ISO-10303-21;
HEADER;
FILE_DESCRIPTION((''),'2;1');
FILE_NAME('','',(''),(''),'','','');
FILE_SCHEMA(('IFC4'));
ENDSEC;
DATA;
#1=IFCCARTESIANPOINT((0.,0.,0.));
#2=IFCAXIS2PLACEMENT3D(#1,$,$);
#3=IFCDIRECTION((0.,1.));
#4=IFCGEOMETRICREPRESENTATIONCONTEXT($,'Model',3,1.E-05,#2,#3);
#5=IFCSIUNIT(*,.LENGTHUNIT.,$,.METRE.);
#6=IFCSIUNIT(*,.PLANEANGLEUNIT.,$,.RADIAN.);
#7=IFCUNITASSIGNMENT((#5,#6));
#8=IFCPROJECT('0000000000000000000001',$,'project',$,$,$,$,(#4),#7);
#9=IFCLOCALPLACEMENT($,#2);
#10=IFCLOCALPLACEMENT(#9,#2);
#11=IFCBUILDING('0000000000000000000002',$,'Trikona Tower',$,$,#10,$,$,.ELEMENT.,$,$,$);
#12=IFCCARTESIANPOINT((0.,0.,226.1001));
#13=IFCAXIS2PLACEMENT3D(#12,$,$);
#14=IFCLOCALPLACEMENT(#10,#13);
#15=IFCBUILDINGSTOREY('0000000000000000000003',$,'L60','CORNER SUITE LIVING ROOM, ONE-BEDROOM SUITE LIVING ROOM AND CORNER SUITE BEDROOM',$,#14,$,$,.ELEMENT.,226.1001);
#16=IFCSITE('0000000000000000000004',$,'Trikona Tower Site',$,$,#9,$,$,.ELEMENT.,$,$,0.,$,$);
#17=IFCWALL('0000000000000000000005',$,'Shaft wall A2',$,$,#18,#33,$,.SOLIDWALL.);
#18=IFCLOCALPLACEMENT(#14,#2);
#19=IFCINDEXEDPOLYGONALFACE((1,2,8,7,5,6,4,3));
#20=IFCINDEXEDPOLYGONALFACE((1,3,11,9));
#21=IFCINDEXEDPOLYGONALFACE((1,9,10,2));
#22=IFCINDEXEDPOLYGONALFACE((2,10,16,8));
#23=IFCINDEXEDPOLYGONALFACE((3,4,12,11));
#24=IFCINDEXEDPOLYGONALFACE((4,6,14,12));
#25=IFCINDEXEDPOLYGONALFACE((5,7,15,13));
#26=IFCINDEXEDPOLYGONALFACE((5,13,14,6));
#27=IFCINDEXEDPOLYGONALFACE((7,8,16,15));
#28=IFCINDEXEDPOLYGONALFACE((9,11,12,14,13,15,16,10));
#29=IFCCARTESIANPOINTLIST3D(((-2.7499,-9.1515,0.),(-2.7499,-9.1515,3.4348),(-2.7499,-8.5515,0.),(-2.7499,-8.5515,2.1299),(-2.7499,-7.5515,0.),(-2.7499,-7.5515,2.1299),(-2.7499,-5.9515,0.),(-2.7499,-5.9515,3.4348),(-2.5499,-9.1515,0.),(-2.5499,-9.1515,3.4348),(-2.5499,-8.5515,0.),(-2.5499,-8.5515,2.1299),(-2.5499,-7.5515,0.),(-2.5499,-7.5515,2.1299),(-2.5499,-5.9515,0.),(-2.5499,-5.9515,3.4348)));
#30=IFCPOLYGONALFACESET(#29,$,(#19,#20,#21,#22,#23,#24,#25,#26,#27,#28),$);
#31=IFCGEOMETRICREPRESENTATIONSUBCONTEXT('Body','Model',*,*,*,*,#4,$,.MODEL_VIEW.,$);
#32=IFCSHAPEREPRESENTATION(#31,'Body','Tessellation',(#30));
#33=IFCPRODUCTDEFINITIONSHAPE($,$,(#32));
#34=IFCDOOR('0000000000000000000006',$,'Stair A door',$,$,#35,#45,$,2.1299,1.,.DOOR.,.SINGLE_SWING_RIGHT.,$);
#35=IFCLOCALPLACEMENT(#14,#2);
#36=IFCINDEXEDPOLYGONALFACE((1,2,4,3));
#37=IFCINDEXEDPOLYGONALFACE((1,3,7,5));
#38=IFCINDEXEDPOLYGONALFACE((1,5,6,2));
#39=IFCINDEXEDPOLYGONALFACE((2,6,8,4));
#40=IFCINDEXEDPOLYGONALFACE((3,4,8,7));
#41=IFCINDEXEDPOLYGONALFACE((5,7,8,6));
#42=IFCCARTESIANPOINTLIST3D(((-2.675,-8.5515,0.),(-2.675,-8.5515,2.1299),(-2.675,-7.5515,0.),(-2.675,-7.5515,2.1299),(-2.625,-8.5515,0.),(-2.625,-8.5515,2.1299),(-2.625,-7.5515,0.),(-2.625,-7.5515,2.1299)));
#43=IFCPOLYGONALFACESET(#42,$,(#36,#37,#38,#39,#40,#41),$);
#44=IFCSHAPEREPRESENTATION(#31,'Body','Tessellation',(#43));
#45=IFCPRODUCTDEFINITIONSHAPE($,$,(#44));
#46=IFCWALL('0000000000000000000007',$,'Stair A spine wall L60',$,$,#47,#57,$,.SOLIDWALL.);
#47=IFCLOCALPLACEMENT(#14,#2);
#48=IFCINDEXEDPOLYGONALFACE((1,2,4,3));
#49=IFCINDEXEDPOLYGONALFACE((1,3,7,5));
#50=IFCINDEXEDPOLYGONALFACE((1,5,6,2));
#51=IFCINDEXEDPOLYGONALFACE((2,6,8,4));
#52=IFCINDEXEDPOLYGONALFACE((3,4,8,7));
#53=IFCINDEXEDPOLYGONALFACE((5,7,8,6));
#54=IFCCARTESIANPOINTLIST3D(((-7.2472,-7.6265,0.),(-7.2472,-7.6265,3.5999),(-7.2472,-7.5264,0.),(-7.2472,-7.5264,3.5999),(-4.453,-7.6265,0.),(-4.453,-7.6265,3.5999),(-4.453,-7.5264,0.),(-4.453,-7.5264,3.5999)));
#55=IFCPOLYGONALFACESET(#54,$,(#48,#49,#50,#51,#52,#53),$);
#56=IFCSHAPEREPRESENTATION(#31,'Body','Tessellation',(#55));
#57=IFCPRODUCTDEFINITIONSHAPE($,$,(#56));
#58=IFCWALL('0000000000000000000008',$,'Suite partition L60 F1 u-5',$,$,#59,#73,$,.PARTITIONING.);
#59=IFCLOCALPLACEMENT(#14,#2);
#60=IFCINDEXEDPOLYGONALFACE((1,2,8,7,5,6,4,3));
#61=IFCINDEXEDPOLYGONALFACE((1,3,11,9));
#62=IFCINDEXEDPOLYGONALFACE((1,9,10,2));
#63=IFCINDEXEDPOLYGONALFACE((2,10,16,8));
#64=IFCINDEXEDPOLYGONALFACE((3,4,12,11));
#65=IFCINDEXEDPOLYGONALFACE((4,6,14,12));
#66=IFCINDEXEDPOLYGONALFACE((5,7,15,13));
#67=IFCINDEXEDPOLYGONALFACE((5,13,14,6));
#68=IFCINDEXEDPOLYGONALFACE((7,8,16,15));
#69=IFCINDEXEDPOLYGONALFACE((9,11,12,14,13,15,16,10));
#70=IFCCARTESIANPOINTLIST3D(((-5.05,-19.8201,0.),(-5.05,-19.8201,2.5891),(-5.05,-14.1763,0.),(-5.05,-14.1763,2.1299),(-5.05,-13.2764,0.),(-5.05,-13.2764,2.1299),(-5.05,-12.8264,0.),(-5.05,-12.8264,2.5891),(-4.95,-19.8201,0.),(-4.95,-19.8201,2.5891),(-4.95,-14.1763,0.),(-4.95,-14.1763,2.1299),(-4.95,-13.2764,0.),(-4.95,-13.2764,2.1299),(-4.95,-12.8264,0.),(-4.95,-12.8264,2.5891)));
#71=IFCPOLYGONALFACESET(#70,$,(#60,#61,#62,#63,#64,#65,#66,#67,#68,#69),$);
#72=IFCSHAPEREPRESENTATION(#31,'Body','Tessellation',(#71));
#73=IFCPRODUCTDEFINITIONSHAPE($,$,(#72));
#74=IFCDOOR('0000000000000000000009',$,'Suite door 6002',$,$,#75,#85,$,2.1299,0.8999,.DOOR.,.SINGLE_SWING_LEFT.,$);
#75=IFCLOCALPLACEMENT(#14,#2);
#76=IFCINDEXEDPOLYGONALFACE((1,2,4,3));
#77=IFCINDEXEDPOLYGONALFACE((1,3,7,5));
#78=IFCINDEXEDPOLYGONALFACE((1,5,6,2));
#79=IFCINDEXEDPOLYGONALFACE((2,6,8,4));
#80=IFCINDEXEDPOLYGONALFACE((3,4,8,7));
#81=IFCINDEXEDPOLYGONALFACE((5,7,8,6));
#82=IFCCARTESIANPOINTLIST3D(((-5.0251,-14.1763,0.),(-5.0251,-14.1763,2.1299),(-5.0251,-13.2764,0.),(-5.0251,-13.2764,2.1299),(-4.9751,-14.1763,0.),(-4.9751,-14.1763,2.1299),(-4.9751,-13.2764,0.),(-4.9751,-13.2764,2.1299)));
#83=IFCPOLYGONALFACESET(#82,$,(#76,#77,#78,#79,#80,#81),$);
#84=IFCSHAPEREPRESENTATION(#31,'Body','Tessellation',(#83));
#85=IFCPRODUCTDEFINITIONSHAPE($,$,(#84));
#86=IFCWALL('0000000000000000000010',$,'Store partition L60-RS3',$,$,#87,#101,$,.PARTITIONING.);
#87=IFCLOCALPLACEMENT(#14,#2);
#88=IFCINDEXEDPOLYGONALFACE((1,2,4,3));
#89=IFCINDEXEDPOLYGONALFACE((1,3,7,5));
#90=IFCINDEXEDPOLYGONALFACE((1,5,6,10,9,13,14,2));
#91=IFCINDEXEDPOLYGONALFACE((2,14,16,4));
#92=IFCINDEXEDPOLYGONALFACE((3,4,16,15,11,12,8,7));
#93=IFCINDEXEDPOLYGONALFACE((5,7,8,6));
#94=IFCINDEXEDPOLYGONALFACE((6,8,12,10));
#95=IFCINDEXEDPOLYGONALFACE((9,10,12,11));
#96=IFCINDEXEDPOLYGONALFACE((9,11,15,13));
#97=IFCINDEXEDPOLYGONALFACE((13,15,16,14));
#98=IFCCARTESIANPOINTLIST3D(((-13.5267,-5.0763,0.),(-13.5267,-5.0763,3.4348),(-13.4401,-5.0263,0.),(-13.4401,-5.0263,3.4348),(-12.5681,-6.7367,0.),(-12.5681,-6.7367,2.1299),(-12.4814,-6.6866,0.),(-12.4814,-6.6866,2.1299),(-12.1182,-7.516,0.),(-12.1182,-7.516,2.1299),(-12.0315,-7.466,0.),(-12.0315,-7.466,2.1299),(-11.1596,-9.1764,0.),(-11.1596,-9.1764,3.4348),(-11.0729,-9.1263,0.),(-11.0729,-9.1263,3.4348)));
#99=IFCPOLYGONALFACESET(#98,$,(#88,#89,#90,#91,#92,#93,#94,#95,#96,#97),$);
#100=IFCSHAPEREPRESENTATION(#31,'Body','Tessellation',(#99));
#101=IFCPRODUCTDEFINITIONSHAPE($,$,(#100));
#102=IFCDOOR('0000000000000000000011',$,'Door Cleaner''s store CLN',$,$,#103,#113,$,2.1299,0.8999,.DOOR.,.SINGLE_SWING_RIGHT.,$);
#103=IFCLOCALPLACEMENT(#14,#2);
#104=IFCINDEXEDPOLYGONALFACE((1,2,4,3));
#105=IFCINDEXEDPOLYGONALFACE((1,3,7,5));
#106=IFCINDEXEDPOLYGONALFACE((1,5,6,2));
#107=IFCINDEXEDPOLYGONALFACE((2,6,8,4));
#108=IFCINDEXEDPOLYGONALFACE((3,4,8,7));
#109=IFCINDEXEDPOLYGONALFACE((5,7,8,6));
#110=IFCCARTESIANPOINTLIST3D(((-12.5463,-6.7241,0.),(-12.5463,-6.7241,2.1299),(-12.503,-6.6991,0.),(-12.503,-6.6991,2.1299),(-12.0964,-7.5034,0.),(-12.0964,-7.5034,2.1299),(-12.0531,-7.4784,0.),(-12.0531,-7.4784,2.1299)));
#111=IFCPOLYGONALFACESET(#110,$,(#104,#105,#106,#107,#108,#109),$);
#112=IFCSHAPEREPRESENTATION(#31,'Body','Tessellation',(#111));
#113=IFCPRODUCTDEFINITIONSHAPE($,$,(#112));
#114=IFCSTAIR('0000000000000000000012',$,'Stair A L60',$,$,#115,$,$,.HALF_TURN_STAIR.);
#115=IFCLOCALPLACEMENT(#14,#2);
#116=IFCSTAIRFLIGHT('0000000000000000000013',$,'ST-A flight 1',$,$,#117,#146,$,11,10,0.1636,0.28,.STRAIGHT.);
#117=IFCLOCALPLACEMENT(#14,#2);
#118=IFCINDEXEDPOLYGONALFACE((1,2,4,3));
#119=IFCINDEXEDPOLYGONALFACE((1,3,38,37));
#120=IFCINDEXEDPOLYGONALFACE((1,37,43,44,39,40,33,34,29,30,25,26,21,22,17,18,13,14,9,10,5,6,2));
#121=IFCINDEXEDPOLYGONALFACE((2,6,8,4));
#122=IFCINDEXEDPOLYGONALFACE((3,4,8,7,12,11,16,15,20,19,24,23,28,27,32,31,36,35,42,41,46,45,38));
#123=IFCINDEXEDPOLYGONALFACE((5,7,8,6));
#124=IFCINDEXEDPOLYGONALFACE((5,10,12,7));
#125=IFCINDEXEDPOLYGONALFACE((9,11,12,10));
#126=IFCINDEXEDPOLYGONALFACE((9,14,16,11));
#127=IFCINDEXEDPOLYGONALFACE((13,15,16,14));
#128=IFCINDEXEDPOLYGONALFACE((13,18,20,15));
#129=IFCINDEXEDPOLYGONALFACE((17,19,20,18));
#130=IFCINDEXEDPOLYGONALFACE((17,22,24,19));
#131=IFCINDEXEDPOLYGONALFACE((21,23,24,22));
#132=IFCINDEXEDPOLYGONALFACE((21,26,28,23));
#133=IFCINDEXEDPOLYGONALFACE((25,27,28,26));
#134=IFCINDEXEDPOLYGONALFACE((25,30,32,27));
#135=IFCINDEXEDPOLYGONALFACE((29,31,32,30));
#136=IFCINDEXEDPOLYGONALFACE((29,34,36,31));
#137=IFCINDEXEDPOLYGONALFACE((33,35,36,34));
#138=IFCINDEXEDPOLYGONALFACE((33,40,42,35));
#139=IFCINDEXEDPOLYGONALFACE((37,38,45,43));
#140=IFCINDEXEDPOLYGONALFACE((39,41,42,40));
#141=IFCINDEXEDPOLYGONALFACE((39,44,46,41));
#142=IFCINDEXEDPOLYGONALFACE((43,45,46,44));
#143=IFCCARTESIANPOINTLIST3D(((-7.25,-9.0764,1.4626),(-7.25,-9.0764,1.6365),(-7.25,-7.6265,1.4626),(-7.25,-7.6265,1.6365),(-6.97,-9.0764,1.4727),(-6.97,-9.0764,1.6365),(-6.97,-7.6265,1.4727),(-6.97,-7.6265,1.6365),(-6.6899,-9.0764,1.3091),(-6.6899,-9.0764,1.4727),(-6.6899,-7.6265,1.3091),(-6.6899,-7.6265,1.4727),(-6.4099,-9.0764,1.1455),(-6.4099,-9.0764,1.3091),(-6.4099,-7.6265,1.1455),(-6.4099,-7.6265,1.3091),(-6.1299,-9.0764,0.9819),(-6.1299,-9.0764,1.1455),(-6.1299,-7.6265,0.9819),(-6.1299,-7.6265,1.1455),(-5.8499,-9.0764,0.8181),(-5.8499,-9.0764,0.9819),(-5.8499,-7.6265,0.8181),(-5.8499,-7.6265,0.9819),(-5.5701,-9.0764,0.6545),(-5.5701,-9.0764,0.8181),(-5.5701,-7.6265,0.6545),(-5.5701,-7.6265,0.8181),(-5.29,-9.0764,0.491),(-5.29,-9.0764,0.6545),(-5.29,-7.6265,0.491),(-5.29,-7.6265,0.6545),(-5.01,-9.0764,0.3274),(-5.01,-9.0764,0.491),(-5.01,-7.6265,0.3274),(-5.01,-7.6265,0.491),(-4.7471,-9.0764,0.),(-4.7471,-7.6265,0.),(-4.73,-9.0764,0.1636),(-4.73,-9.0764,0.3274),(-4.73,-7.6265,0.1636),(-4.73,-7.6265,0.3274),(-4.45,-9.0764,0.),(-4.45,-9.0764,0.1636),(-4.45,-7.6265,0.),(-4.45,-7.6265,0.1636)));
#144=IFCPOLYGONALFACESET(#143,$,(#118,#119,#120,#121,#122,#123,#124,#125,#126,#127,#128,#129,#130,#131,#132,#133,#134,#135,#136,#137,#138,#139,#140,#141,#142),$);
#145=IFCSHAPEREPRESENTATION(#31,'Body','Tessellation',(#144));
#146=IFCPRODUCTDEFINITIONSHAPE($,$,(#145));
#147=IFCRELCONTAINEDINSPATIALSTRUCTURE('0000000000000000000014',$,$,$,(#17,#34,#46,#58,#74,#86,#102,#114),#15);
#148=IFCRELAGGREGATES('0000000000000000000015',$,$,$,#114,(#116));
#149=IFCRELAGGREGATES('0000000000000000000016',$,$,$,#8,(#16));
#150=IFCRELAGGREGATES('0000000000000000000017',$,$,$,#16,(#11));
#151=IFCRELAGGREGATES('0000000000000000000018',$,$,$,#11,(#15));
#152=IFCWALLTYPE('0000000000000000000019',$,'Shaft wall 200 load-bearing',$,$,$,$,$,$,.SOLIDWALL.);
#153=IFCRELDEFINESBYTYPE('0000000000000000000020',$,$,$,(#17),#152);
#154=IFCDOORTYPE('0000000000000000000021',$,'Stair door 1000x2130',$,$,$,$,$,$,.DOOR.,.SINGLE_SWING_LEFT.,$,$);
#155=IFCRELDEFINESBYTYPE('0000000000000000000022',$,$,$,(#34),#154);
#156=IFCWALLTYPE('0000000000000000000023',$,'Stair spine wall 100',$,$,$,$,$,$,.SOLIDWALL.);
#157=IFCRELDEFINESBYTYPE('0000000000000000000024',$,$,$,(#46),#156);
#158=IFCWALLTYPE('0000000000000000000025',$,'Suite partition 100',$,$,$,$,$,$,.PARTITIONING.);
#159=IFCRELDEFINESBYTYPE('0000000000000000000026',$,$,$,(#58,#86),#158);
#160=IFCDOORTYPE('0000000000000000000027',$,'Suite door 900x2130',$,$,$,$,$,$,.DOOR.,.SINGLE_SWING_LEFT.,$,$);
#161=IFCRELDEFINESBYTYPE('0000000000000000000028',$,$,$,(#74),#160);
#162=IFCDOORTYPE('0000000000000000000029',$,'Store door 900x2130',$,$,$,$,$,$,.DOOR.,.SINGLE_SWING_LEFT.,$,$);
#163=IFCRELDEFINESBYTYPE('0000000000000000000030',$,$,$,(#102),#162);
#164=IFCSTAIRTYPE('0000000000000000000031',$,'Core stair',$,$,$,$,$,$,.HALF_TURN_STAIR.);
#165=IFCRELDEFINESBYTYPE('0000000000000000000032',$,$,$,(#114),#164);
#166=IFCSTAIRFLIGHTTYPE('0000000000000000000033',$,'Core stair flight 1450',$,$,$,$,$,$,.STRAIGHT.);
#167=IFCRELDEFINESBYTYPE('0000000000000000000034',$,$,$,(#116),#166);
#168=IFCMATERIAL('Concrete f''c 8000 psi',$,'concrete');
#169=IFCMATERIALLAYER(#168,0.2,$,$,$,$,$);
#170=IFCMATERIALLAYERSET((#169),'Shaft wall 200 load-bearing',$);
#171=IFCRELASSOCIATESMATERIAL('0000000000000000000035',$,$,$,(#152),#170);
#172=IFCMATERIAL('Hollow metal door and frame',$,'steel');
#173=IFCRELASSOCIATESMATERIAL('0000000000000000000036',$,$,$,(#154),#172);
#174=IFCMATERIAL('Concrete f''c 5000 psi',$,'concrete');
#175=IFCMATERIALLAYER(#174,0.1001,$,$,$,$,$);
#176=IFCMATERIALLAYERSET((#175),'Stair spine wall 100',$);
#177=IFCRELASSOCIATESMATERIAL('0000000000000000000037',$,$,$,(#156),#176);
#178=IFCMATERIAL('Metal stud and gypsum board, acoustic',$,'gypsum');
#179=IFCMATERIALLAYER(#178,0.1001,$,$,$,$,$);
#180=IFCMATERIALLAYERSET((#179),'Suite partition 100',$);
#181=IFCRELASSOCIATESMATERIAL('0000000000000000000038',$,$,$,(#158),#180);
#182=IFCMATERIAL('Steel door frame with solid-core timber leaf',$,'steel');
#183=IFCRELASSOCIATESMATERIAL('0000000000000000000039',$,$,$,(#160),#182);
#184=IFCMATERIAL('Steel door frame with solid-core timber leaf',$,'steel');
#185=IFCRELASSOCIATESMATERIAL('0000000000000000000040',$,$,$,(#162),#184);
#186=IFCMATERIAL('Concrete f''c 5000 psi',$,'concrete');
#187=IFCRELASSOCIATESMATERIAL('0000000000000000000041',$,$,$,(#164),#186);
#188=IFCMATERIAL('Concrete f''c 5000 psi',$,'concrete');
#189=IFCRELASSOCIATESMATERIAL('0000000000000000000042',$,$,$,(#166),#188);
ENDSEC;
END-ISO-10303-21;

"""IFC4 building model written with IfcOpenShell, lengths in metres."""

from ifc_helpers import new_model, si_unit, direction, frame, frame_2d, origin, place, context, subcontext, project, spatial, polyline, rectangle, outline, extrude, material, layer, layer_set, type_object, element, fill, aggregate, save


model = new_model("IFC4")

# Units and contexts
model_context = context("Model", 3, precision=1e-05, world=origin(), true_north=direction((0.0, 1.0)))
body_context = subcontext(model_context, "Body", "Model", "MODEL_VIEW")
ifc_project = project(units=[si_unit("LENGTHUNIT", "METRE"), si_unit("PLANEANGLEUNIT", "RADIAN")], contexts=[model_context])

# Site, building, storey
site_placement = place(None, origin())
site = spatial("IfcSite", under=ifc_project, at=site_placement, Name="Trikona Tower Site", CompositionType="ELEMENT", RefElevation=0.0)
building_placement = place(site_placement, origin())
building = spatial("IfcBuilding", under=site, at=building_placement, Name="Trikona Tower", CompositionType="ELEMENT")
storey_placement = place(building_placement, frame((0.0, 0.0, 226.1001)))
storey = spatial("IfcBuildingStorey", under=building, at=storey_placement, Name="L60", Description="CORNER SUITE LIVING ROOM, ONE-BEDROOM SUITE LIVING ROOM AND CORNER SUITE BEDROOM", CompositionType="ELEMENT", Elevation=226.1001)

# Shared definitions
ifc_material_1 = material(Name="Concrete f'c 8000 psi", Category="concrete")
ifc_layer_1 = layer(ifc_material_1, 0.2)
ifc_layer_set_1 = layer_set([ifc_layer_1], Name="Shaft wall 200 load-bearing")
wall_type_1 = type_object("IfcWallType", Name="Shaft wall 200 load-bearing", PredefinedType="SOLIDWALL", material=ifc_layer_set_1)

# Wall, opening, door
wall_1_placement = place(storey_placement, frame((-2.6499, -5.9514, 0.0), z_axis=(0.0, 0.0, 1.0), x_axis=(0.0, -1.0, 0.0)))
wall_1 = element("IfcWall", 1, at=wall_1_placement, inside=storey, type_object=wall_type_1, Name="Shaft wall A2", PredefinedType="SOLIDWALL", context=body_context, shape_type="SweptSolid", body=[
    extrude(rectangle(XDim=3.2, YDim=0.2, at=frame_2d((1.6001, 0.0))), origin(), (0.0, 0.0, 1.0), 3.4348),
])
opening_1_placement = place(wall_1_placement, frame((1.6001, 0.0, 0.0)))
opening_1 = element("IfcOpeningElement", 2, at=opening_1_placement, cuts=wall_1, PredefinedType="OPENING", context=body_context, shape_type="SweptSolid", body=[
    extrude(rectangle(XDim=1.0, YDim=2.1299, at=frame_2d((0.5, 1.0649))), frame((0.0, 0.1099, 0.0), z_axis=(0.0, -1.0, 0.0), x_axis=(1.0, 0.0, 0.0)), (0.0, 0.0, 1.0), 0.22),
])
ifc_material_2 = material(Name="Hollow metal door and frame", Category="steel")
door_type_1 = type_object("IfcDoorType", Name="Stair door 1000x2130", OperationType="SINGLE_SWING_LEFT", PredefinedType="DOOR", material=ifc_material_2)
door_1_placement = place(opening_1_placement, origin())
door_1 = element("IfcDoor", 3, at=door_1_placement, inside=storey, type_object=door_type_1, Name="Stair A door", OperationType="SINGLE_SWING_RIGHT", OverallHeight=2.1299, OverallWidth=1.0, PredefinedType="DOOR", context=body_context, shape_type="SweptSolid", body=[
    extrude(rectangle(XDim=1.0, YDim=2.1299, at=frame_2d((0.5, 1.0649))), frame((0.0, 0.0249, 0.0), z_axis=(0.0, -1.0, 0.0), x_axis=(1.0, 0.0, 0.0)), (0.0, 0.0, 1.0), 0.05),
])
fill(opening_1, door_1)

# Wall
ifc_material_3 = material(Name="Concrete f'c 5000 psi", Category="concrete")
ifc_layer_2 = layer(ifc_material_3, 0.1001)
ifc_layer_set_2 = layer_set([ifc_layer_2], Name="Stair spine wall 100")
wall_type_2 = type_object("IfcWallType", Name="Stair spine wall 100", PredefinedType="SOLIDWALL", material=ifc_layer_set_2)
wall_2_placement = place(storey_placement, frame((-7.2471, -7.5764, 0.0), z_axis=(0.0, 0.0, 1.0), x_axis=(1.0, 0.0, 0.0)))
element("IfcWall", 4, at=wall_2_placement, inside=storey, type_object=wall_type_2, Name="Stair A spine wall L60", PredefinedType="SOLIDWALL", context=body_context, shape_type="SweptSolid", body=[
    extrude(rectangle(XDim=2.7942, YDim=0.1001, at=frame_2d((1.397, 0.0))), origin(), (0.0, 0.0, 1.0), 3.5999),
])

# Walls, openings, doors
ifc_material_4 = material(Name="Metal stud and gypsum board, acoustic", Category="gypsum")
ifc_layer_3 = layer(ifc_material_4, 0.1001)
ifc_layer_set_3 = layer_set([ifc_layer_3], Name="Suite partition 100")
wall_type_3 = type_object("IfcWallType", Name="Suite partition 100", PredefinedType="PARTITIONING", material=ifc_layer_set_3)
wall_3_placement = place(storey_placement, frame((-5.0, -12.8264, 0.0), z_axis=(0.0, 0.0, 1.0), x_axis=(0.0, -1.0, 0.0)))
wall_3 = element("IfcWall", 5, at=wall_3_placement, inside=storey, type_object=wall_type_3, Name="Suite partition L60 F1 u-5", PredefinedType="PARTITIONING", context=body_context, shape_type="SweptSolid", body=[
    extrude(rectangle(XDim=6.9937, YDim=0.1001, at=frame_2d((3.4968, 0.0))), origin(), (0.0, 0.0, 1.0), 2.5891),
])
opening_2_placement = place(wall_3_placement, frame((0.45, 0.0, 0.0)))
opening_2 = element("IfcOpeningElement", 6, at=opening_2_placement, cuts=wall_3, PredefinedType="OPENING", context=body_context, shape_type="SweptSolid", body=[
    extrude(rectangle(XDim=0.8999, YDim=2.1299, at=frame_2d((0.45, 1.0649))), frame((0.0, 0.0601, 0.0), z_axis=(0.0, -1.0, 0.0), x_axis=(1.0, 0.0, 0.0)), (0.0, 0.0, 1.0), 0.1201),
])
ifc_material_5 = material(Name="Steel door frame with solid-core timber leaf", Category="steel")
door_type_2 = type_object("IfcDoorType", Name="Suite door 900x2130", OperationType="SINGLE_SWING_LEFT", PredefinedType="DOOR", material=ifc_material_5)
door_2_placement = place(opening_2_placement, origin())
door_2 = element("IfcDoor", 7, at=door_2_placement, inside=storey, type_object=door_type_2, Name="Suite door 6002", OperationType="SINGLE_SWING_LEFT", OverallHeight=2.1299, OverallWidth=0.8999, PredefinedType="DOOR", context=body_context, shape_type="SweptSolid", body=[
    extrude(rectangle(XDim=0.8999, YDim=2.1299, at=frame_2d((0.45, 1.0649))), frame((0.0, 0.0249, 0.0), z_axis=(0.0, -1.0, 0.0), x_axis=(1.0, 0.0, 0.0)), (0.0, 0.0, 1.0), 0.05),
])
fill(opening_2, door_2)
wall_4_placement = place(storey_placement, frame((-11.1162, -9.1514, 0.0), z_axis=(0.0, 0.0, 1.0), x_axis=(-0.499999, 0.866026, 0.0)))
wall_4 = element("IfcWall", 8, at=wall_4_placement, inside=storey, type_object=wall_type_3, Name="Store partition L60-RS3", PredefinedType="PARTITIONING", context=body_context, shape_type="SweptSolid", body=[
    extrude(rectangle(XDim=4.7344, YDim=0.1001, at=frame_2d((2.3672, 0.0))), origin(), (0.0, 0.0, 1.0), 3.4348),
])
opening_3_placement = place(wall_4_placement, frame((1.9172, 0.0, 0.0)))
opening_3 = element("IfcOpeningElement", 9, at=opening_3_placement, cuts=wall_4, PredefinedType="OPENING", context=body_context, shape_type="SweptSolid", body=[
    extrude(rectangle(XDim=0.8999, YDim=2.1299, at=frame_2d((0.45, 1.0649))), frame((0.0, 0.0601, 0.0), z_axis=(0.0, -1.0, 0.0), x_axis=(1.0, 0.0, 0.0)), (0.0, 0.0, 1.0), 0.1201),
])
ifc_material_6 = material(Name="Steel door frame with solid-core timber leaf", Category="steel")
door_type_3 = type_object("IfcDoorType", Name="Store door 900x2130", OperationType="SINGLE_SWING_LEFT", PredefinedType="DOOR", material=ifc_material_6)
door_3_placement = place(opening_3_placement, origin())
door_3 = element("IfcDoor", 10, at=door_3_placement, inside=storey, type_object=door_type_3, Name="Door Cleaner's store CLN", OperationType="SINGLE_SWING_RIGHT", OverallHeight=2.1299, OverallWidth=0.8999, PredefinedType="DOOR", context=body_context, shape_type="SweptSolid", body=[
    extrude(rectangle(XDim=0.8999, YDim=2.1299, at=frame_2d((0.45, 1.0649))), frame((0.0, 0.0249, 0.0), z_axis=(0.0, -1.0, 0.0), x_axis=(1.0, 0.0, 0.0)), (0.0, 0.0, 1.0), 0.05),
])
fill(opening_3, door_3)

# Stair, stair flight
ifc_material_7 = material(Name="Concrete f'c 5000 psi", Category="concrete")
stair_type = type_object("IfcStairType", Name="Core stair", PredefinedType="HALF_TURN_STAIR", material=ifc_material_7)
stair_placement = place(storey_placement, origin())
stair = element("IfcStair", 11, at=stair_placement, inside=storey, type_object=stair_type, Name="Stair A L60", PredefinedType="HALF_TURN_STAIR")
ifc_material_8 = material(Name="Concrete f'c 5000 psi", Category="concrete")
stair_flight_type = type_object("IfcStairFlightType", Name="Core stair flight 1450", PredefinedType="STRAIGHT", material=ifc_material_8)
stair_flight_1_placement = place(storey_placement, frame((-4.45, -8.3513, 0.0), z_axis=(0.0, 0.0, 1.0), x_axis=(-1.0, 0.0, 0.0)))
stair_flight_1 = element("IfcStairFlight", 12, at=stair_flight_1_placement, type_object=stair_flight_type, Name="ST-A flight 1", NumberOfRisers=11, NumberOfTreads=10, PredefinedType="STRAIGHT", RiserHeight=0.1636, TreadLength=0.28, context=body_context, shape_type="SweptSolid", body=[
    extrude(outline(polyline([(0.0, 0.0), (0.0, 0.1636), (0.28, 0.1636), (0.28, 0.3274), (0.5601, 0.3274), (0.5601, 0.491), (0.8401, 0.491), (0.8401, 0.6545), (1.1201, 0.6545), (1.1201, 0.8181), (1.3999, 0.8181), (1.3999, 0.9819), (1.6799, 0.9819), (1.6799, 1.1455), (1.96, 1.1455), (1.96, 1.3091), (2.24, 1.3091), (2.24, 1.4727), (2.52, 1.4727), (2.52, 1.6365), (2.8, 1.6365), (2.8, 1.8), (2.8, 1.4626), (0.2971, 0.0), (0.0, 0.0)])), frame((0.0, 0.7251, 0.0), z_axis=(0.0, -1.0, 0.0), x_axis=(1.0, 0.0, 0.0)), (0.0, 0.0, 1.0), 1.45),
])
aggregate(stair, [stair_flight_1])

save(model, "model.ifc")
